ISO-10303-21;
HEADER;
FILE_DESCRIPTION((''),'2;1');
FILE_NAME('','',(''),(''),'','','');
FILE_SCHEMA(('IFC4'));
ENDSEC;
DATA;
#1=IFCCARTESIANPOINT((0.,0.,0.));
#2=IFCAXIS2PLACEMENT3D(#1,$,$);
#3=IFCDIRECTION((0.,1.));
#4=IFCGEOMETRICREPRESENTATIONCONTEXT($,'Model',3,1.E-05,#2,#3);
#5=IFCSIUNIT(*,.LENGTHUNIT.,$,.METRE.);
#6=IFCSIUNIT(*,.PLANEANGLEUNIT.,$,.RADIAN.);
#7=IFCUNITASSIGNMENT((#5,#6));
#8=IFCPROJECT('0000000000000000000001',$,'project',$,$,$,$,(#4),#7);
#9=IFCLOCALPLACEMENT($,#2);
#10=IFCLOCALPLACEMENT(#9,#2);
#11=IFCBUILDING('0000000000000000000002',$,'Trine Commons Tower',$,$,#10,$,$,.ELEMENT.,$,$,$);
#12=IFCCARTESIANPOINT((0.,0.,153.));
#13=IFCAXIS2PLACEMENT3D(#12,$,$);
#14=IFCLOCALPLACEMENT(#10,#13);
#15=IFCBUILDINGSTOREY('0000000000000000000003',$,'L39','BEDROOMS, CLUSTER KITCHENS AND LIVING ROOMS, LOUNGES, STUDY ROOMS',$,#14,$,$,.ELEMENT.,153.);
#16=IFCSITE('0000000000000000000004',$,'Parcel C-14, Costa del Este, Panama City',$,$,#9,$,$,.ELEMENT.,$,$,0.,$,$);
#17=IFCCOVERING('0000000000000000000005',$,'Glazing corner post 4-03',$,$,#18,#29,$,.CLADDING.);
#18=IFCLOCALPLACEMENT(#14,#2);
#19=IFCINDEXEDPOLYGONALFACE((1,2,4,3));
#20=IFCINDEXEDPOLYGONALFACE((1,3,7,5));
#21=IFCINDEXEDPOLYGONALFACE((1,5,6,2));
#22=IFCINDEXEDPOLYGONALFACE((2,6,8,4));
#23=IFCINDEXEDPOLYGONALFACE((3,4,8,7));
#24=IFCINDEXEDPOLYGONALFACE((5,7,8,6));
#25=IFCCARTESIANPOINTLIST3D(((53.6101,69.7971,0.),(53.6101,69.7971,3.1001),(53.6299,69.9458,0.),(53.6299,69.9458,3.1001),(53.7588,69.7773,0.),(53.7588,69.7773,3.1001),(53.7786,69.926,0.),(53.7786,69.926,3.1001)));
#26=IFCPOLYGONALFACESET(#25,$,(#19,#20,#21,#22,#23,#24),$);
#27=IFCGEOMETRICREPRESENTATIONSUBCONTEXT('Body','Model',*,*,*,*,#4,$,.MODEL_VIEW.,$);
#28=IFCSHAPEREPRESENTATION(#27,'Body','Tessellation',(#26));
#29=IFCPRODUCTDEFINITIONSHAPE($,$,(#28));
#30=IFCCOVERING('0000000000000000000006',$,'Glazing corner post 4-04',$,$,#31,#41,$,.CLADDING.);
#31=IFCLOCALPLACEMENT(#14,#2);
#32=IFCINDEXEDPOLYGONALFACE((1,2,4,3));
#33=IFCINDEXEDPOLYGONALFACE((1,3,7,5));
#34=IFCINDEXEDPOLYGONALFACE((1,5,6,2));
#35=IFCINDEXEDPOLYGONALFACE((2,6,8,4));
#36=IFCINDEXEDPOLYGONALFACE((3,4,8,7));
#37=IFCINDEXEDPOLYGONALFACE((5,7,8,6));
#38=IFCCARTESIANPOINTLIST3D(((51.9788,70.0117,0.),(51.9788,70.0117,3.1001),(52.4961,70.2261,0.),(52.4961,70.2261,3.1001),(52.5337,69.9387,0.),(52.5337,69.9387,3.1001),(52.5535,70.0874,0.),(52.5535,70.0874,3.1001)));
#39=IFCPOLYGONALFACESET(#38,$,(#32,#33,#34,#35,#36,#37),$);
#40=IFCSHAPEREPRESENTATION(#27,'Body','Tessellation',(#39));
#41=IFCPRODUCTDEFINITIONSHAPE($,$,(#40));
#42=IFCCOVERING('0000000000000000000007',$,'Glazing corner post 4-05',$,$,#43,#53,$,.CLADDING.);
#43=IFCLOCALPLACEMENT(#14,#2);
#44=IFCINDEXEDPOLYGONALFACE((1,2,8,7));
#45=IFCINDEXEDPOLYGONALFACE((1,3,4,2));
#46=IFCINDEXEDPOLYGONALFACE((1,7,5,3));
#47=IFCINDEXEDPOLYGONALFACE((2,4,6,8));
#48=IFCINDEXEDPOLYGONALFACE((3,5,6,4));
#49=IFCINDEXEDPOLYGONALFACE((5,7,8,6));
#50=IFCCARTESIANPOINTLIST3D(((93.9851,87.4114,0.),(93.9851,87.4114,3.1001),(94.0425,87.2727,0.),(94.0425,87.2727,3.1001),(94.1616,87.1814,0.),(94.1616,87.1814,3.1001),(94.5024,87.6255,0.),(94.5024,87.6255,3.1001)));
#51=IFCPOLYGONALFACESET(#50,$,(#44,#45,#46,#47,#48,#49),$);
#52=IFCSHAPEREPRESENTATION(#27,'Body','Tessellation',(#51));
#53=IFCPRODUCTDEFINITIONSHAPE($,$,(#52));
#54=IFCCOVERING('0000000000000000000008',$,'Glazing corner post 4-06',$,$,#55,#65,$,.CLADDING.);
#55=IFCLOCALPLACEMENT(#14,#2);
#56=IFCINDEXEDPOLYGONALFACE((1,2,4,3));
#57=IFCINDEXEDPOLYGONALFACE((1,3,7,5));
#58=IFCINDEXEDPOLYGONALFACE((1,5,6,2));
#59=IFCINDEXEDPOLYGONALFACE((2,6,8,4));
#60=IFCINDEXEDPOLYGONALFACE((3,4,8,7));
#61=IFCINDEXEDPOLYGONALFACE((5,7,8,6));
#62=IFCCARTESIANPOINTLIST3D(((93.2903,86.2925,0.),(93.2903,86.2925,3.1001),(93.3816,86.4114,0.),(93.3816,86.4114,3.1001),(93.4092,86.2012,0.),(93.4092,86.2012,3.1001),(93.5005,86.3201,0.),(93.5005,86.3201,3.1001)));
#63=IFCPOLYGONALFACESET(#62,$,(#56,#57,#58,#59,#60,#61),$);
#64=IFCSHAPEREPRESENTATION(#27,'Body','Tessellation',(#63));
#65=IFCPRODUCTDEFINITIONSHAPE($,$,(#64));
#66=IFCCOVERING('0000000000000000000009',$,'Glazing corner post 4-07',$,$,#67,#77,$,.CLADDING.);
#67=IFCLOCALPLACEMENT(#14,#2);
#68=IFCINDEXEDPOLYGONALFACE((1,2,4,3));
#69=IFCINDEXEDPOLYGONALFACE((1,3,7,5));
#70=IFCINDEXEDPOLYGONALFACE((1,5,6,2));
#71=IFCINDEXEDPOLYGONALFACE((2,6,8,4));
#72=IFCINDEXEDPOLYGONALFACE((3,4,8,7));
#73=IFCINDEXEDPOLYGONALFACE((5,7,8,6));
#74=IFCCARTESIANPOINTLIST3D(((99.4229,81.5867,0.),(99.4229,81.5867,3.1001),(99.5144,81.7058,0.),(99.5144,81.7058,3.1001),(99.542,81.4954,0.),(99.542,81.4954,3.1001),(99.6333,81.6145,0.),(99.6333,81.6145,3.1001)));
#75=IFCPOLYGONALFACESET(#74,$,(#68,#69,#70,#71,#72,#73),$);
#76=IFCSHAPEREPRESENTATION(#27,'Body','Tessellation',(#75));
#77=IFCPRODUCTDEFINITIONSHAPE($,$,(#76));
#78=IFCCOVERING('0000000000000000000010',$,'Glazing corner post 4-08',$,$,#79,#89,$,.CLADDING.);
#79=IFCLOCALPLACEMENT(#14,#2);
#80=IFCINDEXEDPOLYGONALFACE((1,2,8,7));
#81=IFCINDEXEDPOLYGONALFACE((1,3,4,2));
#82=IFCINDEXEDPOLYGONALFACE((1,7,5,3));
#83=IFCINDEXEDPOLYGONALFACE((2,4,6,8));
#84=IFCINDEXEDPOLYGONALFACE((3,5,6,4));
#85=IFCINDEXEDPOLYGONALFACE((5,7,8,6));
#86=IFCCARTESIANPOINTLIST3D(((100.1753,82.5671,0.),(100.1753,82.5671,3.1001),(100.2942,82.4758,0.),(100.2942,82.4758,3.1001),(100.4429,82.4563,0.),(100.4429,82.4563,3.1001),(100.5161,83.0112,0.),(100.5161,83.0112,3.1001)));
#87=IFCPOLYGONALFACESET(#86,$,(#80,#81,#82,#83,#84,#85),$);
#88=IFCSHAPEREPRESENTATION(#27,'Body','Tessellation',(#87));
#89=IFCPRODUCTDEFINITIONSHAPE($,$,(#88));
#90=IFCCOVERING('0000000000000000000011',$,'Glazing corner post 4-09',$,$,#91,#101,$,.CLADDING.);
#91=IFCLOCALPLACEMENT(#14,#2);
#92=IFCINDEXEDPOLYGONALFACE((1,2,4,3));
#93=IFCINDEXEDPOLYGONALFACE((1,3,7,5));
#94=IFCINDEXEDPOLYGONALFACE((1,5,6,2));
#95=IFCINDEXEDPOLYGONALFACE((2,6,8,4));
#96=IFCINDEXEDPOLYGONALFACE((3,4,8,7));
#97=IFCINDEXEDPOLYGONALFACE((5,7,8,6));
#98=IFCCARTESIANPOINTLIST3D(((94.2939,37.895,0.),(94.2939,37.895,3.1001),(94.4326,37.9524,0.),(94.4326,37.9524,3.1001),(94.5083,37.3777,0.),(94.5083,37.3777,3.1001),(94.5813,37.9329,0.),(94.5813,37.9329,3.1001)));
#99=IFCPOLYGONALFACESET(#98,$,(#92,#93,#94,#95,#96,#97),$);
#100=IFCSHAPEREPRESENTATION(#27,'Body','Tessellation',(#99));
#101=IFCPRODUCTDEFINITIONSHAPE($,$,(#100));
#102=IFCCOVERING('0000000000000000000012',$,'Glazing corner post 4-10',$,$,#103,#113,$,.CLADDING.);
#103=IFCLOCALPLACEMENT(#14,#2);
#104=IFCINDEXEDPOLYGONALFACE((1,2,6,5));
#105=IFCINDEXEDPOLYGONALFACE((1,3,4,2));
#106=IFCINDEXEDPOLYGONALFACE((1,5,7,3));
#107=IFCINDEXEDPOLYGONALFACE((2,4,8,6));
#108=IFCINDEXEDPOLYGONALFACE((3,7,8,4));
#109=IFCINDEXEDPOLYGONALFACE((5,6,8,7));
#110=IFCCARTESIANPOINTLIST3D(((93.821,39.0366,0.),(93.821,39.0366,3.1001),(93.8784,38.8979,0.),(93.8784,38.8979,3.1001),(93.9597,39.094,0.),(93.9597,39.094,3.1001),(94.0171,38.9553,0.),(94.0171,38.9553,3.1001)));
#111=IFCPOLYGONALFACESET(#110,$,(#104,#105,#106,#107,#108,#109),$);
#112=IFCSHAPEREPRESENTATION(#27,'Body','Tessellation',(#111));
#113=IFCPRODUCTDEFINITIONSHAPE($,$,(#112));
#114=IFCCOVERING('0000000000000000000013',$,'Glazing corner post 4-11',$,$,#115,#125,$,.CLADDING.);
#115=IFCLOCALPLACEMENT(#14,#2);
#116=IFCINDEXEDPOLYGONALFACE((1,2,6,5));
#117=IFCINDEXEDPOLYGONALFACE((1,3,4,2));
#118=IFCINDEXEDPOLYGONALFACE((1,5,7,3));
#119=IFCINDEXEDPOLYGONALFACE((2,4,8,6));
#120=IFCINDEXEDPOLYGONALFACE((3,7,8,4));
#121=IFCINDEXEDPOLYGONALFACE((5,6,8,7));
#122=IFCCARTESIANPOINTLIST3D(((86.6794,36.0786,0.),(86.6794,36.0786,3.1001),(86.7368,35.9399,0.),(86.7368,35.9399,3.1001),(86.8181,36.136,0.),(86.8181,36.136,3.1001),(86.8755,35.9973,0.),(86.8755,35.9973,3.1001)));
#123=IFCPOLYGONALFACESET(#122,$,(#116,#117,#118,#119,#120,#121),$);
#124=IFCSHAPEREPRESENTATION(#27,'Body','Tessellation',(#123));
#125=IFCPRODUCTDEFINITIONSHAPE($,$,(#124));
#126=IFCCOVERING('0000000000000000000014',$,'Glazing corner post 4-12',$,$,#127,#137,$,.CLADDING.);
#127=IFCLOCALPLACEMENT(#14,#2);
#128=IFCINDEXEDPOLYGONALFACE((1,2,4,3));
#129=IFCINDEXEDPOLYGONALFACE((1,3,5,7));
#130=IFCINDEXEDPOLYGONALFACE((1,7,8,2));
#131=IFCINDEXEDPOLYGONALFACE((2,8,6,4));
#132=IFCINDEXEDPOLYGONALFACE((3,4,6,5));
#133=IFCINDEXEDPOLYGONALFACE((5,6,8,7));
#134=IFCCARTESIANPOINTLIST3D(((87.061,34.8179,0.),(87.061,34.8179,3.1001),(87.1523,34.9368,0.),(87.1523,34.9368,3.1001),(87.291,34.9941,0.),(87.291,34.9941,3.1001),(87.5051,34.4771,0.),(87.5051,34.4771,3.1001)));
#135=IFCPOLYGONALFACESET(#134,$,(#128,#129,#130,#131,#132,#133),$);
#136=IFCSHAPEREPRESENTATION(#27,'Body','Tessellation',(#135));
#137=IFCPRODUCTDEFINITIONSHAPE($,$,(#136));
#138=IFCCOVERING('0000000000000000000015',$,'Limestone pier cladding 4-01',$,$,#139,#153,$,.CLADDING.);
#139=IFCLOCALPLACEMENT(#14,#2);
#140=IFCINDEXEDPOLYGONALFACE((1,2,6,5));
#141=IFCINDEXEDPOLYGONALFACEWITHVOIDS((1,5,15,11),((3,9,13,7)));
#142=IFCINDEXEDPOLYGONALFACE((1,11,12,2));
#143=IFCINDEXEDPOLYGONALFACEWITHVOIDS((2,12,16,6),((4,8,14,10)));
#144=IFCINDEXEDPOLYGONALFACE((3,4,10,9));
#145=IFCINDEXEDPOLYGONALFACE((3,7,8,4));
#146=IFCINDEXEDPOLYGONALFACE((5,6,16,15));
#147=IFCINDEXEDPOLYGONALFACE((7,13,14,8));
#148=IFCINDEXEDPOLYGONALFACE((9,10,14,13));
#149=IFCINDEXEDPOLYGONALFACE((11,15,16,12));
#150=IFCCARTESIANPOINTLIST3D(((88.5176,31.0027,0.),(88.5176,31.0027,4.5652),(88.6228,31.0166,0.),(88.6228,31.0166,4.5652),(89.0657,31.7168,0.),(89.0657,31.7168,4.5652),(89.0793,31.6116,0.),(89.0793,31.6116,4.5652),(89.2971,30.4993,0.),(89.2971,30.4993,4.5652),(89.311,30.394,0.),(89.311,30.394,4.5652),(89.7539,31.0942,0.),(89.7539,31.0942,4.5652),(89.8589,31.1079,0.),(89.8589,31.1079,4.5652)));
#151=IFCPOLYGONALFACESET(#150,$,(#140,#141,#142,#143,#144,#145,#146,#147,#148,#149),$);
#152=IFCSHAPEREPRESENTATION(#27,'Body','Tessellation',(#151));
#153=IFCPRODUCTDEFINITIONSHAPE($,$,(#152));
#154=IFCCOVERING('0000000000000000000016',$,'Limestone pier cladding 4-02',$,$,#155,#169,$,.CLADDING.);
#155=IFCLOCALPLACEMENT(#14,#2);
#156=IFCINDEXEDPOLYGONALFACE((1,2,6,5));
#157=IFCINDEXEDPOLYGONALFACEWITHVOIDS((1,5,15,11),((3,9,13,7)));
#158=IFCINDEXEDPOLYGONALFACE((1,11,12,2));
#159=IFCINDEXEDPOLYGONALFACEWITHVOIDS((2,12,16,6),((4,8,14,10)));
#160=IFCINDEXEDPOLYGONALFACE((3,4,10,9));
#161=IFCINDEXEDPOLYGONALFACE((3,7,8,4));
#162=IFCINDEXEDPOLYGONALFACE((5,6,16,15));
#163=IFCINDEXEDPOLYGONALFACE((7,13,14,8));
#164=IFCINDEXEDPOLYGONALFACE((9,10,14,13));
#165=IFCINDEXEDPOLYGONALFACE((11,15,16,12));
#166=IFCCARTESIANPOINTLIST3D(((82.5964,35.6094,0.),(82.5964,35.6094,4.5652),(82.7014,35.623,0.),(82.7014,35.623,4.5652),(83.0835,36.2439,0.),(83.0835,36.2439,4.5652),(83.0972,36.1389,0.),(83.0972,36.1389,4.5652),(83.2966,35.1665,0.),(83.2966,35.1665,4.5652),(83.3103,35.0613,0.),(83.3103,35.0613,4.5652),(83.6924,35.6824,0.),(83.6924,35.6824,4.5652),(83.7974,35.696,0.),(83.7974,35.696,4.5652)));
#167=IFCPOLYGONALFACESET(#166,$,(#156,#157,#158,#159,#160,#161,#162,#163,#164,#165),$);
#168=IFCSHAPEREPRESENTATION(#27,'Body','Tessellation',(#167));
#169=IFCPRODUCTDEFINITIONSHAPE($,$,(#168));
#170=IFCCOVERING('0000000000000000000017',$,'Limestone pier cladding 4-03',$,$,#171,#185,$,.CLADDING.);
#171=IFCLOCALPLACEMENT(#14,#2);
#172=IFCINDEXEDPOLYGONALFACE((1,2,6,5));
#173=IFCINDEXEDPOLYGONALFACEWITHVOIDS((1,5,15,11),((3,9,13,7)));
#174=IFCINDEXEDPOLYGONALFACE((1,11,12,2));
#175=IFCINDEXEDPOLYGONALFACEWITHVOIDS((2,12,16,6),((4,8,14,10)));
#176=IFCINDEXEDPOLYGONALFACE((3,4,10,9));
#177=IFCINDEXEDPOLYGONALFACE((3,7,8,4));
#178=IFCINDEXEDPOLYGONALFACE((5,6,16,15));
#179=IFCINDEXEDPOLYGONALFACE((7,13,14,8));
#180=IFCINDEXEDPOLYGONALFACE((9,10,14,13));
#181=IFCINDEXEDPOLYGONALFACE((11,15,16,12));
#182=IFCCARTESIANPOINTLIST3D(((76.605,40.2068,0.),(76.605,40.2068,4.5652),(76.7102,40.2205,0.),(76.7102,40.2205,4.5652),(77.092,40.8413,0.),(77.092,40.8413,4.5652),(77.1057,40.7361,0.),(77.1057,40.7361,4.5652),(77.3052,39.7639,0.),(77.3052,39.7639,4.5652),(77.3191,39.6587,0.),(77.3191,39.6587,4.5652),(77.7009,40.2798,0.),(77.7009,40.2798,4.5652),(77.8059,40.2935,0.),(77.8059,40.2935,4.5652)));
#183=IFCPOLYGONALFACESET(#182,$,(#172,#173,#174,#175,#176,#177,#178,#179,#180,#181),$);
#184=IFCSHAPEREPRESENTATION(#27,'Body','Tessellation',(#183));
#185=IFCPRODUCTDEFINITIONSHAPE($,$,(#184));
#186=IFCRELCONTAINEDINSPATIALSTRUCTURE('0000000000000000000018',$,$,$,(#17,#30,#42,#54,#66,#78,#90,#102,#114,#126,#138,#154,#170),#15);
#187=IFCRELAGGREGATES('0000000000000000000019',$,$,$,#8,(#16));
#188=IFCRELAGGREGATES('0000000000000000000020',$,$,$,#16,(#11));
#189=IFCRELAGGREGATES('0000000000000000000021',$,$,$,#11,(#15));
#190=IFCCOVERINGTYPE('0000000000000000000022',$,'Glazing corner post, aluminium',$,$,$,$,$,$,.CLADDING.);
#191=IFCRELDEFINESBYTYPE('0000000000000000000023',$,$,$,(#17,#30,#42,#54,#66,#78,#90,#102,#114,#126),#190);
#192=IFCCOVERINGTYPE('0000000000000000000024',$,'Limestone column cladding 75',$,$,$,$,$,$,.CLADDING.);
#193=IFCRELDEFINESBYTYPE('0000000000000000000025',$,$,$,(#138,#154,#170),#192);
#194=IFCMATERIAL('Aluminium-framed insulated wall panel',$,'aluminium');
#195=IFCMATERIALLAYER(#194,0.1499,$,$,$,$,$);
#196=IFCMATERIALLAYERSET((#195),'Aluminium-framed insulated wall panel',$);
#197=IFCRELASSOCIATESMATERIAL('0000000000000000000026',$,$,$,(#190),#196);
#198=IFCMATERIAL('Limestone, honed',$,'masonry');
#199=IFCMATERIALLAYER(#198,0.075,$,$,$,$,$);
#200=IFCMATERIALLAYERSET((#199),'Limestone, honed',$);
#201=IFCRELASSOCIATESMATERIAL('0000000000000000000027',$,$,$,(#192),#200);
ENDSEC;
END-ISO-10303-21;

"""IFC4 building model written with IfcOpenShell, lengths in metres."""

from ifc_helpers import new_model, si_unit, direction, frame, origin, place, context, subcontext, project, spatial, polyline, outline, extrude, material, layer, layer_set, type_object, element, save


model = new_model("IFC4")

# Units and contexts
model_context = context("Model", 3, precision=1e-05, world=origin(), true_north=direction((0.0, 1.0)))
body_context = subcontext(model_context, "Body", "Model", "MODEL_VIEW")
ifc_project = project(units=[si_unit("LENGTHUNIT", "METRE"), si_unit("PLANEANGLEUNIT", "RADIAN")], contexts=[model_context])

# Site, building, storey
site_placement = place(None, origin())
site = spatial("IfcSite", under=ifc_project, at=site_placement, Name="Parcel C-14, Costa del Este, Panama City", CompositionType="ELEMENT", RefElevation=0.0)
building_placement = place(site_placement, origin())
building = spatial("IfcBuilding", under=site, at=building_placement, Name="Trine Commons Tower", CompositionType="ELEMENT")
storey_placement = place(building_placement, frame((0.0, 0.0, 153.0)))
storey = spatial("IfcBuildingStorey", under=building, at=storey_placement, Name="L39", Description="BEDROOMS, CLUSTER KITCHENS AND LIVING ROOMS, LOUNGES, STUDY ROOMS", CompositionType="ELEMENT", Elevation=153.0)

# Coverings
ifc_material_1 = material(Name="Aluminium-framed insulated wall panel", Category="aluminium")
ifc_layer_1 = layer(ifc_material_1, 0.1499)
ifc_layer_set_1 = layer_set([ifc_layer_1], Name="Aluminium-framed insulated wall panel")
covering_type_1 = type_object("IfcCoveringType", Name="Glazing corner post, aluminium", PredefinedType="CLADDING", material=ifc_layer_set_1)
covering_1_placement = place(storey_placement, origin())
element("IfcCovering", 1, at=covering_1_placement, inside=storey, type_object=covering_type_1, Name="Glazing corner post 4-03", PredefinedType="CLADDING", context=body_context, shape_type="SweptSolid", body=[
    extrude(outline(polyline([(53.6101, 69.7971), (53.7588, 69.7773), (53.7786, 69.926), (53.6299, 69.9458), (53.6101, 69.7971)])), origin(), (0.0, 0.0, 1.0), 3.1001),
])
covering_2_placement = place(storey_placement, origin())
element("IfcCovering", 2, at=covering_2_placement, inside=storey, type_object=covering_type_1, Name="Glazing corner post 4-04", PredefinedType="CLADDING", context=body_context, shape_type="SweptSolid", body=[
    extrude(outline(polyline([(52.5337, 69.9387), (52.5535, 70.0874), (52.4961, 70.2261), (51.9788, 70.0117), (52.5337, 69.9387)])), origin(), (0.0, 0.0, 1.0), 3.1001),
])
covering_3_placement = place(storey_placement, origin())
element("IfcCovering", 3, at=covering_3_placement, inside=storey, type_object=covering_type_1, Name="Glazing corner post 4-05", PredefinedType="CLADDING", context=body_context, shape_type="SweptSolid", body=[
    extrude(outline(polyline([(94.0425, 87.2727), (94.0425, 87.2727), (94.1616, 87.1814), (94.5024, 87.6255), (93.9851, 87.4114), (94.0425, 87.2727)])), origin(), (0.0, 0.0, 1.0), 3.1001),
])
covering_4_placement = place(storey_placement, origin())
element("IfcCovering", 4, at=covering_4_placement, inside=storey, type_object=covering_type_1, Name="Glazing corner post 4-06", PredefinedType="CLADDING", context=body_context, shape_type="SweptSolid", body=[
    extrude(outline(polyline([(93.4092, 86.2012), (93.5005, 86.3201), (93.3816, 86.4114), (93.2903, 86.2925), (93.4092, 86.2012)])), origin(), (0.0, 0.0, 1.0), 3.1001),
])
covering_5_placement = place(storey_placement, origin())
element("IfcCovering", 5, at=covering_5_placement, inside=storey, type_object=covering_type_1, Name="Glazing corner post 4-07", PredefinedType="CLADDING", context=body_context, shape_type="SweptSolid", body=[
    extrude(outline(polyline([(99.4229, 81.5867), (99.542, 81.4954), (99.6333, 81.6145), (99.5144, 81.7058), (99.4229, 81.5867)])), origin(), (0.0, 0.0, 1.0), 3.1001),
])
covering_6_placement = place(storey_placement, origin())
element("IfcCovering", 6, at=covering_6_placement, inside=storey, type_object=covering_type_1, Name="Glazing corner post 4-08", PredefinedType="CLADDING", context=body_context, shape_type="SweptSolid", body=[
    extrude(outline(polyline([(100.4429, 82.4563), (100.5161, 83.0112), (100.1753, 82.5671), (100.2942, 82.4758), (100.4429, 82.4563)])), origin(), (0.0, 0.0, 1.0), 3.1001),
])
covering_7_placement = place(storey_placement, origin())
element("IfcCovering", 7, at=covering_7_placement, inside=storey, type_object=covering_type_1, Name="Glazing corner post 4-09", PredefinedType="CLADDING", context=body_context, shape_type="SweptSolid", body=[
    extrude(outline(polyline([(94.2939, 37.895), (94.5083, 37.3777), (94.5813, 37.9329), (94.4326, 37.9524), (94.4326, 37.9524), (94.2939, 37.895)])), origin(), (0.0, 0.0, 1.0), 3.1001),
])
covering_8_placement = place(storey_placement, origin())
element("IfcCovering", 8, at=covering_8_placement, inside=storey, type_object=covering_type_1, Name="Glazing corner post 4-10", PredefinedType="CLADDING", context=body_context, shape_type="SweptSolid", body=[
    extrude(outline(polyline([(93.821, 39.0366), (93.8784, 38.8979), (93.8784, 38.8979), (94.0171, 38.9553), (93.9597, 39.094), (93.821, 39.0366)])), origin(), (0.0, 0.0, 1.0), 3.1001),
])
covering_9_placement = place(storey_placement, origin())
element("IfcCovering", 9, at=covering_9_placement, inside=storey, type_object=covering_type_1, Name="Glazing corner post 4-11", PredefinedType="CLADDING", context=body_context, shape_type="SweptSolid", body=[
    extrude(outline(polyline([(86.7368, 35.9399), (86.8755, 35.9973), (86.8181, 36.136), (86.6794, 36.0786), (86.7368, 35.9399)])), origin(), (0.0, 0.0, 1.0), 3.1001),
])
covering_10_placement = place(storey_placement, origin())
element("IfcCovering", 10, at=covering_10_placement, inside=storey, type_object=covering_type_1, Name="Glazing corner post 4-12", PredefinedType="CLADDING", context=body_context, shape_type="SweptSolid", body=[
    extrude(outline(polyline([(87.061, 34.8179), (87.5051, 34.4771), (87.291, 34.9941), (87.1523, 34.9368), (87.061, 34.8179)])), origin(), (0.0, 0.0, 1.0), 3.1001),
])
ifc_material_2 = material(Name="Limestone, honed", Category="masonry")
ifc_layer_2 = layer(ifc_material_2, 0.075)
ifc_layer_set_2 = layer_set([ifc_layer_2], Name="Limestone, honed")
covering_type_2 = type_object("IfcCoveringType", Name="Limestone column cladding 75", PredefinedType="CLADDING", material=ifc_layer_set_2)
covering_11_placement = place(storey_placement, origin())
element("IfcCovering", 11, at=covering_11_placement, inside=storey, type_object=covering_type_2, Name="Limestone pier cladding 4-01", PredefinedType="CLADDING", context=body_context, shape_type="SweptSolid", body=[
    extrude(outline(polyline([(89.0657, 31.7168), (88.5176, 31.0027), (89.311, 30.394), (89.8589, 31.1079), (89.0657, 31.7168)]), holes=[polyline([(89.0793, 31.6116), (88.6228, 31.0166), (89.2971, 30.4993), (89.7539, 31.0942), (89.0793, 31.6116)])]), origin(), (0.0, 0.0, 1.0), 4.5652),
])
covering_12_placement = place(storey_placement, origin())
element("IfcCovering", 12, at=covering_12_placement, inside=storey, type_object=covering_type_2, Name="Limestone pier cladding 4-02", PredefinedType="CLADDING", context=body_context, shape_type="SweptSolid", body=[
    extrude(outline(polyline([(83.0835, 36.2439), (82.5964, 35.6094), (83.3103, 35.0613), (83.7974, 35.696), (83.0835, 36.2439)]), holes=[polyline([(83.0972, 36.1389), (82.7014, 35.623), (83.2966, 35.1665), (83.6924, 35.6824), (83.0972, 36.1389)])]), origin(), (0.0, 0.0, 1.0), 4.5652),
])
covering_13_placement = place(storey_placement, origin())
element("IfcCovering", 13, at=covering_13_placement, inside=storey, type_object=covering_type_2, Name="Limestone pier cladding 4-03", PredefinedType="CLADDING", context=body_context, shape_type="SweptSolid", body=[
    extrude(outline(polyline([(77.092, 40.8413), (76.605, 40.2068), (77.3191, 39.6587), (77.8059, 40.2935), (77.092, 40.8413)]), holes=[polyline([(77.1057, 40.7361), (76.7102, 40.2205), (77.3052, 39.7639), (77.7009, 40.2798), (77.1057, 40.7361)])]), origin(), (0.0, 0.0, 1.0), 4.5652),
])

save(model, "model.ifc")
